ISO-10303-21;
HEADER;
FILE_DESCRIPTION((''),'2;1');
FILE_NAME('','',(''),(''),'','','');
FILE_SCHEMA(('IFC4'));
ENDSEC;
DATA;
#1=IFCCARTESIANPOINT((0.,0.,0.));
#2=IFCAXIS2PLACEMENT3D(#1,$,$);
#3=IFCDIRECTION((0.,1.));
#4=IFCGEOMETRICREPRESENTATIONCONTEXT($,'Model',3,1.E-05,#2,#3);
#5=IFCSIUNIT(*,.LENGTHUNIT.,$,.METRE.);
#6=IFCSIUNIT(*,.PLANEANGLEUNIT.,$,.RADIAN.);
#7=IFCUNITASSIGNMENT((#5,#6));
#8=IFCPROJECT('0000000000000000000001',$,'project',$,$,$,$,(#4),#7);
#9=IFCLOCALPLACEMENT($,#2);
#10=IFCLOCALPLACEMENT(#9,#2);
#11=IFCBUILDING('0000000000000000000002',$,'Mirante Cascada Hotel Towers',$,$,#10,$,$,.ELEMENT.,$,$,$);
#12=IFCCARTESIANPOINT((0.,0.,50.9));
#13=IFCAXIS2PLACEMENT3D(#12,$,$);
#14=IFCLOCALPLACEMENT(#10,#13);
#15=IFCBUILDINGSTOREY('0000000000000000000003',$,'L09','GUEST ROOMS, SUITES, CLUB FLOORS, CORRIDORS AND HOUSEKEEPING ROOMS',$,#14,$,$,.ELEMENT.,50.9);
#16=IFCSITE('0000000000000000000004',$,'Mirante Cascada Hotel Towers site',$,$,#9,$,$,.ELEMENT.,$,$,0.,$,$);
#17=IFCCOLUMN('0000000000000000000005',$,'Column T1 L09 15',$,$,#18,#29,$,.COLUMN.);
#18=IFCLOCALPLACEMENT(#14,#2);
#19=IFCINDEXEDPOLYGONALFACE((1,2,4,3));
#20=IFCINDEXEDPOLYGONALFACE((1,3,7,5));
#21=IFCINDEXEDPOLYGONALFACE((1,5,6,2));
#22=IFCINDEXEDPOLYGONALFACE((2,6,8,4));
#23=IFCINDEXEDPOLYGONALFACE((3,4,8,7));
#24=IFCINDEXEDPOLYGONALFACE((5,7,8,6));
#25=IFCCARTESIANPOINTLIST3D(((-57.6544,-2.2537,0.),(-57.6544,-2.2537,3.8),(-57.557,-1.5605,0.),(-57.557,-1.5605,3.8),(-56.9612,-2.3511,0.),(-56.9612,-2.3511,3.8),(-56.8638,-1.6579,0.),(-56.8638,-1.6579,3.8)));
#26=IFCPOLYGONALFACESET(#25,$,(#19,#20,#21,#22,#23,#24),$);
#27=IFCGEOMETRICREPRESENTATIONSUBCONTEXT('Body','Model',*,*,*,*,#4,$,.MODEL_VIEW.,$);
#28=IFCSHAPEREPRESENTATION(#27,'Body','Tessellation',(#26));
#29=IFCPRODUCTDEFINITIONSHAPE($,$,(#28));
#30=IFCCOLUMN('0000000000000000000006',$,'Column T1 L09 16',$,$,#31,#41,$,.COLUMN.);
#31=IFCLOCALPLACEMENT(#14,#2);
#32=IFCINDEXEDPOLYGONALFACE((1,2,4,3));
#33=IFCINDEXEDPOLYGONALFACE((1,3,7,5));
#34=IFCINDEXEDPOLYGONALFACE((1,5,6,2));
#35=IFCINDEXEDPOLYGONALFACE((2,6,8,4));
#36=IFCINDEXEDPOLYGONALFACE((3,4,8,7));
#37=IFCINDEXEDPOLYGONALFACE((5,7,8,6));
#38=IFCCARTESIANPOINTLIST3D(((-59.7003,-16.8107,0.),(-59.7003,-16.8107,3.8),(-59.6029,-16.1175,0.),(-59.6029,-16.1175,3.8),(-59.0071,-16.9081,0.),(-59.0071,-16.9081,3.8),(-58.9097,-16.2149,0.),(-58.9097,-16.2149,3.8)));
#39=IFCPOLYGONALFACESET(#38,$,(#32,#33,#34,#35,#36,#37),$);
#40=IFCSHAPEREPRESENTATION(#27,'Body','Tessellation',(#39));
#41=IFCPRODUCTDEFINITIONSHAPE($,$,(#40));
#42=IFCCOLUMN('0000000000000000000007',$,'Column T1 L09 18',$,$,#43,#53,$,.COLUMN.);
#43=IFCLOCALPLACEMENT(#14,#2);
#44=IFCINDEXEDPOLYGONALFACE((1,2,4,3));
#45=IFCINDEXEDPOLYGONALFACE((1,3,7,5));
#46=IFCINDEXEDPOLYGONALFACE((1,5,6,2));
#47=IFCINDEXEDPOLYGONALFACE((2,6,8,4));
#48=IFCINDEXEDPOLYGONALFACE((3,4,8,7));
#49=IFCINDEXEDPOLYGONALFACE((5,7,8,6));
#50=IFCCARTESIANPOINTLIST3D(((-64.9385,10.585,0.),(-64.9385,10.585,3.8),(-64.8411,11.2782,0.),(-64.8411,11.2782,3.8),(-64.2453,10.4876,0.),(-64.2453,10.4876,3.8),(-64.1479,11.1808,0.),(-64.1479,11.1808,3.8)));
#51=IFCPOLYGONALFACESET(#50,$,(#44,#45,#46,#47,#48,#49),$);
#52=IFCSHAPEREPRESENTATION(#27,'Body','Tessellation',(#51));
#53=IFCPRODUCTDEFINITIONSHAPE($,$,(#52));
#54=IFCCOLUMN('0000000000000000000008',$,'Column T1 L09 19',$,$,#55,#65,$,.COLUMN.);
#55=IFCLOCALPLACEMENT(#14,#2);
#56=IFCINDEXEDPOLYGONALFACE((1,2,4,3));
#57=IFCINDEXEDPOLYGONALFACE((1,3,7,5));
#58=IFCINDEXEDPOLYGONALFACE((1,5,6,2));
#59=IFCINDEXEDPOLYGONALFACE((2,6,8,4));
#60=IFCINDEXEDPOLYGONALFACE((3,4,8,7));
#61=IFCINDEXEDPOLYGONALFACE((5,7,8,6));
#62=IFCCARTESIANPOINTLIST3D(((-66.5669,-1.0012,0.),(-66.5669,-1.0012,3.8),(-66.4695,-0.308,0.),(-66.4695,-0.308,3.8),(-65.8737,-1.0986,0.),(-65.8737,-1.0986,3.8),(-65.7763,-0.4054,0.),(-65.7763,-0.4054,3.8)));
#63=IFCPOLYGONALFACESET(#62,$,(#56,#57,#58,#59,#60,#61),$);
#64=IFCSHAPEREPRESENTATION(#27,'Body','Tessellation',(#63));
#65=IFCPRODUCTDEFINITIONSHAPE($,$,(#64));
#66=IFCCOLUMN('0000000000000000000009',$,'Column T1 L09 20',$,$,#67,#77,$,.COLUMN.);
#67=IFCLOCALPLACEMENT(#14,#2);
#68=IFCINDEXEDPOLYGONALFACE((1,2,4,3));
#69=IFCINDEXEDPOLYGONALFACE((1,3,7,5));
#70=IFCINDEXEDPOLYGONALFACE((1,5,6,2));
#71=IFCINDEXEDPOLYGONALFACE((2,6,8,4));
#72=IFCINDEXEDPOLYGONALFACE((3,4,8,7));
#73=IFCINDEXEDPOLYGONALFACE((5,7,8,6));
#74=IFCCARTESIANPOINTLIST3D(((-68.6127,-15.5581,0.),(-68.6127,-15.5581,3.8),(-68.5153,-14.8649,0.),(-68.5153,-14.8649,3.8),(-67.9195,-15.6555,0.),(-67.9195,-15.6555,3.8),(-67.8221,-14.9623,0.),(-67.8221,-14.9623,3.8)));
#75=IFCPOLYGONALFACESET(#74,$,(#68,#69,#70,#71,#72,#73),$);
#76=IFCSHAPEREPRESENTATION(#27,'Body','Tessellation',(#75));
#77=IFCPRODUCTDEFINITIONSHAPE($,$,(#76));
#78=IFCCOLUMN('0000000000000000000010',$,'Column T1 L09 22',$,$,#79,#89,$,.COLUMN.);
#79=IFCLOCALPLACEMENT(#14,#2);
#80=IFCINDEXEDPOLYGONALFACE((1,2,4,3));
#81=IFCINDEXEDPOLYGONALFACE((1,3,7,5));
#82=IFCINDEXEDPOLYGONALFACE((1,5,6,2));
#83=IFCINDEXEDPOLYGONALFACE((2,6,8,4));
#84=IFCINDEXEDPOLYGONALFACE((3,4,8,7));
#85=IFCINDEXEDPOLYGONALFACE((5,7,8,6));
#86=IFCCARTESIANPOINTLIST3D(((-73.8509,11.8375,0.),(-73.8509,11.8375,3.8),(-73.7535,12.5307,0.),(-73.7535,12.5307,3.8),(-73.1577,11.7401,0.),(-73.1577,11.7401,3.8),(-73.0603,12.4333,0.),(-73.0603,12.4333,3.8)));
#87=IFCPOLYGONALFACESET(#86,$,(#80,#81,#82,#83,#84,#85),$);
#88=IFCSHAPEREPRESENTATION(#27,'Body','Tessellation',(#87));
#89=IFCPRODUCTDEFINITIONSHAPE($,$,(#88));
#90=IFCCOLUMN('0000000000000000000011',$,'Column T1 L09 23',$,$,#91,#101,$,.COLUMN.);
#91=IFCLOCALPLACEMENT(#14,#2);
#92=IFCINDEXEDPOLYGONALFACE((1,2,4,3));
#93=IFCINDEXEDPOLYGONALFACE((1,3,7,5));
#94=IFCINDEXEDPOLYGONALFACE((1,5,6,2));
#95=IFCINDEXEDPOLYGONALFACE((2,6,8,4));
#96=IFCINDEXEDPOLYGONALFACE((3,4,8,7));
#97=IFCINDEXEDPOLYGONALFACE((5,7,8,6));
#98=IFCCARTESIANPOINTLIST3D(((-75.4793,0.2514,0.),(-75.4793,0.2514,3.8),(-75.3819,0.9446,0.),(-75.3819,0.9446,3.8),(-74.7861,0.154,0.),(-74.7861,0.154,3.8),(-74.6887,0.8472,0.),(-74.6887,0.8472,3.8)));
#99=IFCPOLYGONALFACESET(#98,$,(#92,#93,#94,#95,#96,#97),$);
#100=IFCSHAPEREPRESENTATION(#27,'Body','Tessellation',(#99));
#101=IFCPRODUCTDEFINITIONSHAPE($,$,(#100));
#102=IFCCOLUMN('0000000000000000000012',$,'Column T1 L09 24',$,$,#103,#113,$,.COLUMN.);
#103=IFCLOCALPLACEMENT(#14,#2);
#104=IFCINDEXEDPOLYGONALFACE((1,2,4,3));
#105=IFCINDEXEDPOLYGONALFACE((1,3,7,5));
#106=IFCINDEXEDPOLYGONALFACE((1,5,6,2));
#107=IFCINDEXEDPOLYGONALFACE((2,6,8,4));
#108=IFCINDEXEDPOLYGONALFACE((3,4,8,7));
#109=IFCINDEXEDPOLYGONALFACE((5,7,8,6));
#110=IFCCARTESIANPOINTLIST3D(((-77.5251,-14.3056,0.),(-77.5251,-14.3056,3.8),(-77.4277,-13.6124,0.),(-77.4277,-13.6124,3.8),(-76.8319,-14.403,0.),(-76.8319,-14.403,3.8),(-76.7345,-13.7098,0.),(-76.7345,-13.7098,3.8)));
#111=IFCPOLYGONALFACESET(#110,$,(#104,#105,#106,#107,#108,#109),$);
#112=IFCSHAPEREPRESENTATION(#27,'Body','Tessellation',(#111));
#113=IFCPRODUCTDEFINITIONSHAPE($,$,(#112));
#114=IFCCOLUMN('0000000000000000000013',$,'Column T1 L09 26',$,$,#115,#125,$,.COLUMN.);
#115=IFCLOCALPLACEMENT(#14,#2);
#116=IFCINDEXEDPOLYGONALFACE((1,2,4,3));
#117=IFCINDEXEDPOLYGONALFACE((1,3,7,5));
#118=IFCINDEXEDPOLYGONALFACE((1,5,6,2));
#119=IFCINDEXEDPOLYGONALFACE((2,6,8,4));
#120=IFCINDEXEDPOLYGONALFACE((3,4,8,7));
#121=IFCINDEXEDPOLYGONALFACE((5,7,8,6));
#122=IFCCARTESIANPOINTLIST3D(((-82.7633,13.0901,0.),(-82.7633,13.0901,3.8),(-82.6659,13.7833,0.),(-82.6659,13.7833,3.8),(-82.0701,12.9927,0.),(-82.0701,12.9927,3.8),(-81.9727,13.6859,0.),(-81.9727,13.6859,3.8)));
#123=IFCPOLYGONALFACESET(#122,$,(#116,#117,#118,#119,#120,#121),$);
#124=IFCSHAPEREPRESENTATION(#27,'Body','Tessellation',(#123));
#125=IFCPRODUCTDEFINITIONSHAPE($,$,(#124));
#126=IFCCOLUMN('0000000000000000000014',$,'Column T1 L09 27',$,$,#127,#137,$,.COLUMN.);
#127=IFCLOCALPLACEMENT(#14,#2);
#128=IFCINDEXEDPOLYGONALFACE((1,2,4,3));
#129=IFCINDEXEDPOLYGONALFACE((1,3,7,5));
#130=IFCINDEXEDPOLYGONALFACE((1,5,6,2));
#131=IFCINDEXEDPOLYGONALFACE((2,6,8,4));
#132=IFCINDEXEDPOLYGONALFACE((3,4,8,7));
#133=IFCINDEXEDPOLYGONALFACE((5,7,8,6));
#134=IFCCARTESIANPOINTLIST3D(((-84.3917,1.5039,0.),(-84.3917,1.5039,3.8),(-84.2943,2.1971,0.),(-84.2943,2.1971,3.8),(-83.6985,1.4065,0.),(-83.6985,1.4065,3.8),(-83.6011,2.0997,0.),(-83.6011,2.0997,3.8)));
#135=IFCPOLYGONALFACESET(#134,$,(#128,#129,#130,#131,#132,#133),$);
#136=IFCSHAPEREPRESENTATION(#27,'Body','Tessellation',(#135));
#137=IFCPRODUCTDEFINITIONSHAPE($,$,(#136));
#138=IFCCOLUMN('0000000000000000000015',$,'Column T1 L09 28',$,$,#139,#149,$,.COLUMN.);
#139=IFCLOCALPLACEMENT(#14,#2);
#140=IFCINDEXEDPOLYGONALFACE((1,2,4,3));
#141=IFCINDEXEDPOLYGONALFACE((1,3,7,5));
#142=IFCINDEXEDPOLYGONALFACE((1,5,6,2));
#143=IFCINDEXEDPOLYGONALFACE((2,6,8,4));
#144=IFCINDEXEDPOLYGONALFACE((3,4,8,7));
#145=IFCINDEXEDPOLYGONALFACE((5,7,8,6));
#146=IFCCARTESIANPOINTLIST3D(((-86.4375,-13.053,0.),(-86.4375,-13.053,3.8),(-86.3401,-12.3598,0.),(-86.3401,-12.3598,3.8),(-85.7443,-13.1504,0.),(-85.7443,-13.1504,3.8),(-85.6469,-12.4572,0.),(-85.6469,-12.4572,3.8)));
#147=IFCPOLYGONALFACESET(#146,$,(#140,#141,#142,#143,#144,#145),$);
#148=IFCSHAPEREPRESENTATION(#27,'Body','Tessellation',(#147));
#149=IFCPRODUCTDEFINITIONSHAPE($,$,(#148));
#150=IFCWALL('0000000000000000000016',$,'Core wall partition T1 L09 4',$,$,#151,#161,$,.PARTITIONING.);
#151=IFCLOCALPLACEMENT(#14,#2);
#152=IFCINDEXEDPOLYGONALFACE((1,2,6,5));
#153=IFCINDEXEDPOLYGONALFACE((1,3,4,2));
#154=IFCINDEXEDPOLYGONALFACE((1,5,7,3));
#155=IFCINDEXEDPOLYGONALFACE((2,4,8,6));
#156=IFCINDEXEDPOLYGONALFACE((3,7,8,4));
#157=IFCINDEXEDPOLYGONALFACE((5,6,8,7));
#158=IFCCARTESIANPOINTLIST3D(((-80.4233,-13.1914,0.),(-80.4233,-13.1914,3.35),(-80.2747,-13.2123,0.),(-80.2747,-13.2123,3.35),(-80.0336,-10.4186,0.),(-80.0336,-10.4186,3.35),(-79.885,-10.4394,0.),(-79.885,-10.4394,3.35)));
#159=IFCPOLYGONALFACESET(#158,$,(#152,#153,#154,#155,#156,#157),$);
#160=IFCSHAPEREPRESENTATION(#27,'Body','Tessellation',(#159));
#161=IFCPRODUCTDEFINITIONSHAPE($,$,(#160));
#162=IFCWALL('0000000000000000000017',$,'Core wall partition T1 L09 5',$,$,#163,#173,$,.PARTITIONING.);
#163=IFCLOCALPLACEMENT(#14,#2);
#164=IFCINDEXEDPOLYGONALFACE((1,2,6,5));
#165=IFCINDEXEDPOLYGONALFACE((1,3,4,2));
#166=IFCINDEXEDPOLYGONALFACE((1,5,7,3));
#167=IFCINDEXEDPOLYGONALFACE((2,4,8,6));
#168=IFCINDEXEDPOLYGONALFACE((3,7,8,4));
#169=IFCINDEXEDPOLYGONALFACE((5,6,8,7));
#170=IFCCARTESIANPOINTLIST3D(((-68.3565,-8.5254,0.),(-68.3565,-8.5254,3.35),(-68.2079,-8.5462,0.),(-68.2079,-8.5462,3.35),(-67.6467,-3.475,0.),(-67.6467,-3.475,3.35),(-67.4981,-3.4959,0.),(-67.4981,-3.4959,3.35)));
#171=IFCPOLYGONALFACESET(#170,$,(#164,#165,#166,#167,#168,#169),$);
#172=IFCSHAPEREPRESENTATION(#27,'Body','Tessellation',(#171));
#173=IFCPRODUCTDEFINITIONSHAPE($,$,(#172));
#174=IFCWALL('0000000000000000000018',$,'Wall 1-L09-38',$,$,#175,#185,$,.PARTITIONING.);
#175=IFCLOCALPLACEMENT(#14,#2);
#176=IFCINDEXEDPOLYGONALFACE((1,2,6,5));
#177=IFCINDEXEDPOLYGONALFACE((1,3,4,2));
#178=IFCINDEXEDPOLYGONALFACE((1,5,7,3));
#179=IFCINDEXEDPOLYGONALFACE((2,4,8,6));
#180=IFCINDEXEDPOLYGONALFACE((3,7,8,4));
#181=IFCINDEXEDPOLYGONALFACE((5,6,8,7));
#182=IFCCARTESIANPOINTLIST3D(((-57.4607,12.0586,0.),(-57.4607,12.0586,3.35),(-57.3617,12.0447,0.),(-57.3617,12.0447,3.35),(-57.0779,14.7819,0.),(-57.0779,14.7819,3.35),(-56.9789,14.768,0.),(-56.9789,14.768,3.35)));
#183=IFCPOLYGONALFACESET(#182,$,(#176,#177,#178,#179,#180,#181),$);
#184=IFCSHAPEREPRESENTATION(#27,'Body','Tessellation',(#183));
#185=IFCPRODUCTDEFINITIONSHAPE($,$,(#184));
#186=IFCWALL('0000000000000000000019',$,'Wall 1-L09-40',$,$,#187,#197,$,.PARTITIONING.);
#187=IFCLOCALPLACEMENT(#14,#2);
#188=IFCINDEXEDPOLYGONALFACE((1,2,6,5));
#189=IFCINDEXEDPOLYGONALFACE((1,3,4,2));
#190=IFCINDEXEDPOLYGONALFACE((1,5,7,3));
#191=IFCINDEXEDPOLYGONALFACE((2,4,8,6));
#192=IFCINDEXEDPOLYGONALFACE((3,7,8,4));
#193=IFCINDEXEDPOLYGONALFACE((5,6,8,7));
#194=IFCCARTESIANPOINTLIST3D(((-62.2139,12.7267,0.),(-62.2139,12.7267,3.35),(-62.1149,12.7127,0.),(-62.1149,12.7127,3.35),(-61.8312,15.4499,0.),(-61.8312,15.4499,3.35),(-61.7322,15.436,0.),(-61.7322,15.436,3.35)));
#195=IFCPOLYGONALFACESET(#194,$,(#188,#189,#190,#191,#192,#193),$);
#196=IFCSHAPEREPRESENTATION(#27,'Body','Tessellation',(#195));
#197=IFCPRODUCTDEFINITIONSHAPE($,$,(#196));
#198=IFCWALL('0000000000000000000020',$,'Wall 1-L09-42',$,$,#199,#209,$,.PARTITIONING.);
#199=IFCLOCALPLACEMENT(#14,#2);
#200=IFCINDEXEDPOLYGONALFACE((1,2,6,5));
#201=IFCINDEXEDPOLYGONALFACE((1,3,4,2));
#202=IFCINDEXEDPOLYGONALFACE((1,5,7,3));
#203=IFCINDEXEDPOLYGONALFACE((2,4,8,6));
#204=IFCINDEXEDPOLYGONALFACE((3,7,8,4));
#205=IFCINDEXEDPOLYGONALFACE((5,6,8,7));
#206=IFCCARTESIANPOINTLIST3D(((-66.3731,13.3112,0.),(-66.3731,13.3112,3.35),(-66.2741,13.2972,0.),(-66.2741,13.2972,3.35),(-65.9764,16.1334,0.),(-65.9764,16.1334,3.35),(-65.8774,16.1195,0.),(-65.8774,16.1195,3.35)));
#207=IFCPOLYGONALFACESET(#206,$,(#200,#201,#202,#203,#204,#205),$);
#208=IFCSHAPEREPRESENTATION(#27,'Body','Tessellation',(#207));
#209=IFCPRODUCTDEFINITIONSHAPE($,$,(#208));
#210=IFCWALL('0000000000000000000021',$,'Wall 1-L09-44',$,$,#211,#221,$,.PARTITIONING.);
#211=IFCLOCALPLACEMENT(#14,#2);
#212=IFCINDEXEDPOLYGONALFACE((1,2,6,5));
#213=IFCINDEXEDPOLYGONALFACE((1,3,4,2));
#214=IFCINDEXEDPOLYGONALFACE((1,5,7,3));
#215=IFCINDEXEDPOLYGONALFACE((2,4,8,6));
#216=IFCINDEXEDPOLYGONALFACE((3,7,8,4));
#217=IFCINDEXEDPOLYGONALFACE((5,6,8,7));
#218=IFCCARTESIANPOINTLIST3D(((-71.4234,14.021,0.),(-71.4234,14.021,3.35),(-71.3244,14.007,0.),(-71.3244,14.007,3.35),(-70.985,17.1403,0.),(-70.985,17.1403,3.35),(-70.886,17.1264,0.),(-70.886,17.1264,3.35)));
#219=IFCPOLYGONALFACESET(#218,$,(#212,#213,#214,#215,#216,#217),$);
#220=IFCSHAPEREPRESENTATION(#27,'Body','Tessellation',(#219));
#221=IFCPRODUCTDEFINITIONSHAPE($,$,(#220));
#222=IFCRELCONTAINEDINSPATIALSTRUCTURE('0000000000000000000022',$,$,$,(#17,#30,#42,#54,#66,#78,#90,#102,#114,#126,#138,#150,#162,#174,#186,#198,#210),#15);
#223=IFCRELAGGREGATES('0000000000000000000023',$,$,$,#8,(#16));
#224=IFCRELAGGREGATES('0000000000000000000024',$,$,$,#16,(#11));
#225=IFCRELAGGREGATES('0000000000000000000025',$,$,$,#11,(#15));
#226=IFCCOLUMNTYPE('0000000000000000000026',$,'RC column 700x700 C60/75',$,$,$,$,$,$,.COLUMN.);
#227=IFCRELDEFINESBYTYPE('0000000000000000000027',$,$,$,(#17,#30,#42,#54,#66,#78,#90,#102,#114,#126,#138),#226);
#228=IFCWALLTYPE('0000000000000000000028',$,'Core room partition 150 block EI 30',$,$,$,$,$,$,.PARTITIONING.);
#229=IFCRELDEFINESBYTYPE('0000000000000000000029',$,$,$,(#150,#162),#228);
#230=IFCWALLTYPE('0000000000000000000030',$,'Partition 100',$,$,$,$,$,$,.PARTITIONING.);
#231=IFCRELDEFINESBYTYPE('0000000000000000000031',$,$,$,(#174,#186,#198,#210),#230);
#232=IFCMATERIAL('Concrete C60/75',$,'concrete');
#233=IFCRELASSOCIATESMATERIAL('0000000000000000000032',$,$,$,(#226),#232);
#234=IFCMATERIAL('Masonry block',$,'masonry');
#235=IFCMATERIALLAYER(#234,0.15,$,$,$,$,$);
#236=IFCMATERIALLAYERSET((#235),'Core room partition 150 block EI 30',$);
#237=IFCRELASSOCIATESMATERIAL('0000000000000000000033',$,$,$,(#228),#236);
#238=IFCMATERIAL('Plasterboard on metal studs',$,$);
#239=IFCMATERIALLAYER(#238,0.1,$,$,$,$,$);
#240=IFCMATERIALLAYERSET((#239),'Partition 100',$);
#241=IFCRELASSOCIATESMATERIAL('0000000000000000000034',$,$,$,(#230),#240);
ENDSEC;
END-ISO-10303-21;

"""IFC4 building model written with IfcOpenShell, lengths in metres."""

from ifc_helpers import new_model, si_unit, direction, frame, frame_2d, origin, origin_2d, place, context, subcontext, project, spatial, rectangle, extrude, material, layer, layer_set, material_profile, profile_set, type_object, element, save


model = new_model("IFC4")

# Units and contexts
model_context = context("Model", 3, precision=1e-05, world=origin(), true_north=direction((0.0, 1.0)))
body_context = subcontext(model_context, "Body", "Model", "MODEL_VIEW")
ifc_project = project(units=[si_unit("LENGTHUNIT", "METRE"), si_unit("PLANEANGLEUNIT", "RADIAN")], contexts=[model_context])

# Site, building, storey
site_placement = place(None, origin())
site = spatial("IfcSite", under=ifc_project, at=site_placement, Name="Mirante Cascada Hotel Towers site", CompositionType="ELEMENT", RefElevation=0.0)
building_placement = place(site_placement, origin())
building = spatial("IfcBuilding", under=site, at=building_placement, Name="Mirante Cascada Hotel Towers", CompositionType="ELEMENT")
storey_placement = place(building_placement, frame((0.0, 0.0, 50.9)))
storey = spatial("IfcBuildingStorey", under=building, at=storey_placement, Name="L09", Description="GUEST ROOMS, SUITES, CLUB FLOORS, CORRIDORS AND HOUSEKEEPING ROOMS", CompositionType="ELEMENT", Elevation=50.9)

# Columns
ifc_material_1 = material(Name="Concrete C60/75", Category="concrete")
ifc_material_profile = material_profile(ifc_material_1, rectangle(XDim=0.7, YDim=0.7, at=origin_2d()), Name="RC column 700x700 C60/75")
ifc_profile_set = profile_set([ifc_material_profile], Name="Concrete C60/75")
column_type = type_object("IfcColumnType", Name="RC column 700x700 C60/75", PredefinedType="COLUMN", material=ifc_profile_set)
for number, where, z_axis, x_axis, name in (
    (1, (-57.2591, -1.9558, 0.0), (0.0, 0.0, 1.0), (-0.990268, 0.139173, 0.0), "Column T1 L09 15"),
    (2, (-59.305, -16.5128, 0.0), (0.0, 0.0, 1.0), (-0.990268, 0.139173, 0.0), "Column T1 L09 16"),
    (3, (-64.5432, 10.8829, 0.0), (0.0, 0.0, 1.0), (-0.990268, 0.139173, 0.0), "Column T1 L09 18"),
    (4, (-66.1716, -0.7033, 0.0), (0.0, 0.0, 1.0), (-0.990268, 0.139173, 0.0), "Column T1 L09 19"),
    (5, (-68.2174, -15.2602, 0.0), (0.0, 0.0, 1.0), (-0.990268, 0.139173, 0.0), "Column T1 L09 20"),
    (6, (-73.4556, 12.1354, 0.0), (0.0, 0.0, 1.0), (-0.990268, 0.139173, 0.0), "Column T1 L09 22"),
    (7, (-75.084, 0.5493, 0.0), (0.0, 0.0, 1.0), (-0.990268, 0.139173, 0.0), "Column T1 L09 23"),
    (8, (-77.1298, -14.0077, 0.0), (0.0, 0.0, 1.0), (-0.990268, 0.139173, 0.0), "Column T1 L09 24"),
    (9, (-82.368, 13.388, 0.0), (0.0, 0.0, 1.0), (-0.990268, 0.139173, 0.0), "Column T1 L09 26"),
    (10, (-83.9964, 1.8018, 0.0), (0.0, 0.0, 1.0), (-0.990268, 0.139173, 0.0), "Column T1 L09 27"),
    (11, (-86.0422, -12.7551, 0.0), (0.0, 0.0, 1.0), (-0.990268, 0.139173, 0.0), "Column T1 L09 28"),
):
    element("IfcColumn", number, at=place(storey_placement, frame(where, z_axis=z_axis, x_axis=x_axis)), inside=storey, type_object=column_type, Name=name, PredefinedType="COLUMN", context=body_context, shape_type="SweptSolid", body=[
        extrude(rectangle(XDim=0.7, YDim=0.7, at=origin_2d()), origin(), (0.0, 0.0, 1.0), 3.8),
    ])

# Walls
ifc_material_2 = material(Name="Masonry block", Category="masonry")
ifc_layer_1 = layer(ifc_material_2, 0.15)
ifc_layer_set_1 = layer_set([ifc_layer_1], Name="Core room partition 150 block EI 30")
wall_type_1 = type_object("IfcWallType", Name="Core room partition 150 block EI 30", PredefinedType="PARTITIONING", material=ifc_layer_set_1)
wall_1_placement = place(storey_placement, frame((-80.349, -13.2018, 0.0), z_axis=(0.0, 0.0, 1.0), x_axis=(0.139176, 0.990268, 0.0)))
element("IfcWall", 12, at=wall_1_placement, inside=storey, type_object=wall_type_1, Name="Core wall partition T1 L09 4", PredefinedType="PARTITIONING", context=body_context, shape_type="SweptSolid", body=[
    extrude(rectangle(XDim=2.8001, YDim=0.15, at=frame_2d((1.4, 0.0))), origin(), (0.0, 0.0, 1.0), 3.35),
])
wall_2_placement = place(storey_placement, frame((-68.2822, -8.5358, 0.0), z_axis=(0.0, 0.0, 1.0), x_axis=(0.139176, 0.990268, 0.0)))
element("IfcWall", 13, at=wall_2_placement, inside=storey, type_object=wall_type_1, Name="Core wall partition T1 L09 5", PredefinedType="PARTITIONING", context=body_context, shape_type="SweptSolid", body=[
    extrude(rectangle(XDim=5.1, YDim=0.15, at=frame_2d((2.55, 0.0))), origin(), (0.0, 0.0, 1.0), 3.35),
])
ifc_material_3 = material(Name="Plasterboard on metal studs")
ifc_layer_2 = layer(ifc_material_3, 0.1)
ifc_layer_set_2 = layer_set([ifc_layer_2], Name="Partition 100")
wall_type_2 = type_object("IfcWallType", Name="Partition 100", PredefinedType="PARTITIONING", material=ifc_layer_set_2)
wall_3_placement = place(storey_placement, frame((-57.4112, 12.0516, 0.0), z_axis=(0.0, 0.0, 1.0), x_axis=(0.139196, 0.990265, 0.0)))
element("IfcWall", 14, at=wall_3_placement, inside=storey, type_object=wall_type_2, Name="Wall 1-L09-38", PredefinedType="PARTITIONING", context=body_context, shape_type="SweptSolid", body=[
    extrude(rectangle(XDim=2.7501, YDim=0.1, at=frame_2d((1.3751, 0.0))), origin(), (0.0, 0.0, 1.0), 3.35),
])
wall_4_placement = place(storey_placement, frame((-62.1644, 12.7197, 0.0), z_axis=(0.0, 0.0, 1.0), x_axis=(0.139166, 0.990269, 0.0)))
element("IfcWall", 15, at=wall_4_placement, inside=storey, type_object=wall_type_2, Name="Wall 1-L09-40", PredefinedType="PARTITIONING", context=body_context, shape_type="SweptSolid", body=[
    extrude(rectangle(XDim=2.75, YDim=0.1, at=frame_2d((1.375, 0.0))), origin(), (0.0, 0.0, 1.0), 3.35),
])
wall_5_placement = place(storey_placement, frame((-66.3236, 13.3042, 0.0), z_axis=(0.0, 0.0, 1.0), x_axis=(0.139191, 0.990266, 0.0)))
element("IfcWall", 16, at=wall_5_placement, inside=storey, type_object=wall_type_2, Name="Wall 1-L09-42", PredefinedType="PARTITIONING", context=body_context, shape_type="SweptSolid", body=[
    extrude(rectangle(XDim=2.85, YDim=0.1, at=frame_2d((1.425, 0.0))), origin(), (0.0, 0.0, 1.0), 3.35),
])
wall_6_placement = place(storey_placement, frame((-71.3739, 14.014, 0.0), z_axis=(0.0, 0.0, 1.0), x_axis=(0.139177, 0.990268, 0.0)))
element("IfcWall", 17, at=wall_6_placement, inside=storey, type_object=wall_type_2, Name="Wall 1-L09-44", PredefinedType="PARTITIONING", context=body_context, shape_type="SweptSolid", body=[
    extrude(rectangle(XDim=3.15, YDim=0.1, at=frame_2d((1.575, 0.0))), origin(), (0.0, 0.0, 1.0), 3.35),
])

save(model, "model.ifc")
